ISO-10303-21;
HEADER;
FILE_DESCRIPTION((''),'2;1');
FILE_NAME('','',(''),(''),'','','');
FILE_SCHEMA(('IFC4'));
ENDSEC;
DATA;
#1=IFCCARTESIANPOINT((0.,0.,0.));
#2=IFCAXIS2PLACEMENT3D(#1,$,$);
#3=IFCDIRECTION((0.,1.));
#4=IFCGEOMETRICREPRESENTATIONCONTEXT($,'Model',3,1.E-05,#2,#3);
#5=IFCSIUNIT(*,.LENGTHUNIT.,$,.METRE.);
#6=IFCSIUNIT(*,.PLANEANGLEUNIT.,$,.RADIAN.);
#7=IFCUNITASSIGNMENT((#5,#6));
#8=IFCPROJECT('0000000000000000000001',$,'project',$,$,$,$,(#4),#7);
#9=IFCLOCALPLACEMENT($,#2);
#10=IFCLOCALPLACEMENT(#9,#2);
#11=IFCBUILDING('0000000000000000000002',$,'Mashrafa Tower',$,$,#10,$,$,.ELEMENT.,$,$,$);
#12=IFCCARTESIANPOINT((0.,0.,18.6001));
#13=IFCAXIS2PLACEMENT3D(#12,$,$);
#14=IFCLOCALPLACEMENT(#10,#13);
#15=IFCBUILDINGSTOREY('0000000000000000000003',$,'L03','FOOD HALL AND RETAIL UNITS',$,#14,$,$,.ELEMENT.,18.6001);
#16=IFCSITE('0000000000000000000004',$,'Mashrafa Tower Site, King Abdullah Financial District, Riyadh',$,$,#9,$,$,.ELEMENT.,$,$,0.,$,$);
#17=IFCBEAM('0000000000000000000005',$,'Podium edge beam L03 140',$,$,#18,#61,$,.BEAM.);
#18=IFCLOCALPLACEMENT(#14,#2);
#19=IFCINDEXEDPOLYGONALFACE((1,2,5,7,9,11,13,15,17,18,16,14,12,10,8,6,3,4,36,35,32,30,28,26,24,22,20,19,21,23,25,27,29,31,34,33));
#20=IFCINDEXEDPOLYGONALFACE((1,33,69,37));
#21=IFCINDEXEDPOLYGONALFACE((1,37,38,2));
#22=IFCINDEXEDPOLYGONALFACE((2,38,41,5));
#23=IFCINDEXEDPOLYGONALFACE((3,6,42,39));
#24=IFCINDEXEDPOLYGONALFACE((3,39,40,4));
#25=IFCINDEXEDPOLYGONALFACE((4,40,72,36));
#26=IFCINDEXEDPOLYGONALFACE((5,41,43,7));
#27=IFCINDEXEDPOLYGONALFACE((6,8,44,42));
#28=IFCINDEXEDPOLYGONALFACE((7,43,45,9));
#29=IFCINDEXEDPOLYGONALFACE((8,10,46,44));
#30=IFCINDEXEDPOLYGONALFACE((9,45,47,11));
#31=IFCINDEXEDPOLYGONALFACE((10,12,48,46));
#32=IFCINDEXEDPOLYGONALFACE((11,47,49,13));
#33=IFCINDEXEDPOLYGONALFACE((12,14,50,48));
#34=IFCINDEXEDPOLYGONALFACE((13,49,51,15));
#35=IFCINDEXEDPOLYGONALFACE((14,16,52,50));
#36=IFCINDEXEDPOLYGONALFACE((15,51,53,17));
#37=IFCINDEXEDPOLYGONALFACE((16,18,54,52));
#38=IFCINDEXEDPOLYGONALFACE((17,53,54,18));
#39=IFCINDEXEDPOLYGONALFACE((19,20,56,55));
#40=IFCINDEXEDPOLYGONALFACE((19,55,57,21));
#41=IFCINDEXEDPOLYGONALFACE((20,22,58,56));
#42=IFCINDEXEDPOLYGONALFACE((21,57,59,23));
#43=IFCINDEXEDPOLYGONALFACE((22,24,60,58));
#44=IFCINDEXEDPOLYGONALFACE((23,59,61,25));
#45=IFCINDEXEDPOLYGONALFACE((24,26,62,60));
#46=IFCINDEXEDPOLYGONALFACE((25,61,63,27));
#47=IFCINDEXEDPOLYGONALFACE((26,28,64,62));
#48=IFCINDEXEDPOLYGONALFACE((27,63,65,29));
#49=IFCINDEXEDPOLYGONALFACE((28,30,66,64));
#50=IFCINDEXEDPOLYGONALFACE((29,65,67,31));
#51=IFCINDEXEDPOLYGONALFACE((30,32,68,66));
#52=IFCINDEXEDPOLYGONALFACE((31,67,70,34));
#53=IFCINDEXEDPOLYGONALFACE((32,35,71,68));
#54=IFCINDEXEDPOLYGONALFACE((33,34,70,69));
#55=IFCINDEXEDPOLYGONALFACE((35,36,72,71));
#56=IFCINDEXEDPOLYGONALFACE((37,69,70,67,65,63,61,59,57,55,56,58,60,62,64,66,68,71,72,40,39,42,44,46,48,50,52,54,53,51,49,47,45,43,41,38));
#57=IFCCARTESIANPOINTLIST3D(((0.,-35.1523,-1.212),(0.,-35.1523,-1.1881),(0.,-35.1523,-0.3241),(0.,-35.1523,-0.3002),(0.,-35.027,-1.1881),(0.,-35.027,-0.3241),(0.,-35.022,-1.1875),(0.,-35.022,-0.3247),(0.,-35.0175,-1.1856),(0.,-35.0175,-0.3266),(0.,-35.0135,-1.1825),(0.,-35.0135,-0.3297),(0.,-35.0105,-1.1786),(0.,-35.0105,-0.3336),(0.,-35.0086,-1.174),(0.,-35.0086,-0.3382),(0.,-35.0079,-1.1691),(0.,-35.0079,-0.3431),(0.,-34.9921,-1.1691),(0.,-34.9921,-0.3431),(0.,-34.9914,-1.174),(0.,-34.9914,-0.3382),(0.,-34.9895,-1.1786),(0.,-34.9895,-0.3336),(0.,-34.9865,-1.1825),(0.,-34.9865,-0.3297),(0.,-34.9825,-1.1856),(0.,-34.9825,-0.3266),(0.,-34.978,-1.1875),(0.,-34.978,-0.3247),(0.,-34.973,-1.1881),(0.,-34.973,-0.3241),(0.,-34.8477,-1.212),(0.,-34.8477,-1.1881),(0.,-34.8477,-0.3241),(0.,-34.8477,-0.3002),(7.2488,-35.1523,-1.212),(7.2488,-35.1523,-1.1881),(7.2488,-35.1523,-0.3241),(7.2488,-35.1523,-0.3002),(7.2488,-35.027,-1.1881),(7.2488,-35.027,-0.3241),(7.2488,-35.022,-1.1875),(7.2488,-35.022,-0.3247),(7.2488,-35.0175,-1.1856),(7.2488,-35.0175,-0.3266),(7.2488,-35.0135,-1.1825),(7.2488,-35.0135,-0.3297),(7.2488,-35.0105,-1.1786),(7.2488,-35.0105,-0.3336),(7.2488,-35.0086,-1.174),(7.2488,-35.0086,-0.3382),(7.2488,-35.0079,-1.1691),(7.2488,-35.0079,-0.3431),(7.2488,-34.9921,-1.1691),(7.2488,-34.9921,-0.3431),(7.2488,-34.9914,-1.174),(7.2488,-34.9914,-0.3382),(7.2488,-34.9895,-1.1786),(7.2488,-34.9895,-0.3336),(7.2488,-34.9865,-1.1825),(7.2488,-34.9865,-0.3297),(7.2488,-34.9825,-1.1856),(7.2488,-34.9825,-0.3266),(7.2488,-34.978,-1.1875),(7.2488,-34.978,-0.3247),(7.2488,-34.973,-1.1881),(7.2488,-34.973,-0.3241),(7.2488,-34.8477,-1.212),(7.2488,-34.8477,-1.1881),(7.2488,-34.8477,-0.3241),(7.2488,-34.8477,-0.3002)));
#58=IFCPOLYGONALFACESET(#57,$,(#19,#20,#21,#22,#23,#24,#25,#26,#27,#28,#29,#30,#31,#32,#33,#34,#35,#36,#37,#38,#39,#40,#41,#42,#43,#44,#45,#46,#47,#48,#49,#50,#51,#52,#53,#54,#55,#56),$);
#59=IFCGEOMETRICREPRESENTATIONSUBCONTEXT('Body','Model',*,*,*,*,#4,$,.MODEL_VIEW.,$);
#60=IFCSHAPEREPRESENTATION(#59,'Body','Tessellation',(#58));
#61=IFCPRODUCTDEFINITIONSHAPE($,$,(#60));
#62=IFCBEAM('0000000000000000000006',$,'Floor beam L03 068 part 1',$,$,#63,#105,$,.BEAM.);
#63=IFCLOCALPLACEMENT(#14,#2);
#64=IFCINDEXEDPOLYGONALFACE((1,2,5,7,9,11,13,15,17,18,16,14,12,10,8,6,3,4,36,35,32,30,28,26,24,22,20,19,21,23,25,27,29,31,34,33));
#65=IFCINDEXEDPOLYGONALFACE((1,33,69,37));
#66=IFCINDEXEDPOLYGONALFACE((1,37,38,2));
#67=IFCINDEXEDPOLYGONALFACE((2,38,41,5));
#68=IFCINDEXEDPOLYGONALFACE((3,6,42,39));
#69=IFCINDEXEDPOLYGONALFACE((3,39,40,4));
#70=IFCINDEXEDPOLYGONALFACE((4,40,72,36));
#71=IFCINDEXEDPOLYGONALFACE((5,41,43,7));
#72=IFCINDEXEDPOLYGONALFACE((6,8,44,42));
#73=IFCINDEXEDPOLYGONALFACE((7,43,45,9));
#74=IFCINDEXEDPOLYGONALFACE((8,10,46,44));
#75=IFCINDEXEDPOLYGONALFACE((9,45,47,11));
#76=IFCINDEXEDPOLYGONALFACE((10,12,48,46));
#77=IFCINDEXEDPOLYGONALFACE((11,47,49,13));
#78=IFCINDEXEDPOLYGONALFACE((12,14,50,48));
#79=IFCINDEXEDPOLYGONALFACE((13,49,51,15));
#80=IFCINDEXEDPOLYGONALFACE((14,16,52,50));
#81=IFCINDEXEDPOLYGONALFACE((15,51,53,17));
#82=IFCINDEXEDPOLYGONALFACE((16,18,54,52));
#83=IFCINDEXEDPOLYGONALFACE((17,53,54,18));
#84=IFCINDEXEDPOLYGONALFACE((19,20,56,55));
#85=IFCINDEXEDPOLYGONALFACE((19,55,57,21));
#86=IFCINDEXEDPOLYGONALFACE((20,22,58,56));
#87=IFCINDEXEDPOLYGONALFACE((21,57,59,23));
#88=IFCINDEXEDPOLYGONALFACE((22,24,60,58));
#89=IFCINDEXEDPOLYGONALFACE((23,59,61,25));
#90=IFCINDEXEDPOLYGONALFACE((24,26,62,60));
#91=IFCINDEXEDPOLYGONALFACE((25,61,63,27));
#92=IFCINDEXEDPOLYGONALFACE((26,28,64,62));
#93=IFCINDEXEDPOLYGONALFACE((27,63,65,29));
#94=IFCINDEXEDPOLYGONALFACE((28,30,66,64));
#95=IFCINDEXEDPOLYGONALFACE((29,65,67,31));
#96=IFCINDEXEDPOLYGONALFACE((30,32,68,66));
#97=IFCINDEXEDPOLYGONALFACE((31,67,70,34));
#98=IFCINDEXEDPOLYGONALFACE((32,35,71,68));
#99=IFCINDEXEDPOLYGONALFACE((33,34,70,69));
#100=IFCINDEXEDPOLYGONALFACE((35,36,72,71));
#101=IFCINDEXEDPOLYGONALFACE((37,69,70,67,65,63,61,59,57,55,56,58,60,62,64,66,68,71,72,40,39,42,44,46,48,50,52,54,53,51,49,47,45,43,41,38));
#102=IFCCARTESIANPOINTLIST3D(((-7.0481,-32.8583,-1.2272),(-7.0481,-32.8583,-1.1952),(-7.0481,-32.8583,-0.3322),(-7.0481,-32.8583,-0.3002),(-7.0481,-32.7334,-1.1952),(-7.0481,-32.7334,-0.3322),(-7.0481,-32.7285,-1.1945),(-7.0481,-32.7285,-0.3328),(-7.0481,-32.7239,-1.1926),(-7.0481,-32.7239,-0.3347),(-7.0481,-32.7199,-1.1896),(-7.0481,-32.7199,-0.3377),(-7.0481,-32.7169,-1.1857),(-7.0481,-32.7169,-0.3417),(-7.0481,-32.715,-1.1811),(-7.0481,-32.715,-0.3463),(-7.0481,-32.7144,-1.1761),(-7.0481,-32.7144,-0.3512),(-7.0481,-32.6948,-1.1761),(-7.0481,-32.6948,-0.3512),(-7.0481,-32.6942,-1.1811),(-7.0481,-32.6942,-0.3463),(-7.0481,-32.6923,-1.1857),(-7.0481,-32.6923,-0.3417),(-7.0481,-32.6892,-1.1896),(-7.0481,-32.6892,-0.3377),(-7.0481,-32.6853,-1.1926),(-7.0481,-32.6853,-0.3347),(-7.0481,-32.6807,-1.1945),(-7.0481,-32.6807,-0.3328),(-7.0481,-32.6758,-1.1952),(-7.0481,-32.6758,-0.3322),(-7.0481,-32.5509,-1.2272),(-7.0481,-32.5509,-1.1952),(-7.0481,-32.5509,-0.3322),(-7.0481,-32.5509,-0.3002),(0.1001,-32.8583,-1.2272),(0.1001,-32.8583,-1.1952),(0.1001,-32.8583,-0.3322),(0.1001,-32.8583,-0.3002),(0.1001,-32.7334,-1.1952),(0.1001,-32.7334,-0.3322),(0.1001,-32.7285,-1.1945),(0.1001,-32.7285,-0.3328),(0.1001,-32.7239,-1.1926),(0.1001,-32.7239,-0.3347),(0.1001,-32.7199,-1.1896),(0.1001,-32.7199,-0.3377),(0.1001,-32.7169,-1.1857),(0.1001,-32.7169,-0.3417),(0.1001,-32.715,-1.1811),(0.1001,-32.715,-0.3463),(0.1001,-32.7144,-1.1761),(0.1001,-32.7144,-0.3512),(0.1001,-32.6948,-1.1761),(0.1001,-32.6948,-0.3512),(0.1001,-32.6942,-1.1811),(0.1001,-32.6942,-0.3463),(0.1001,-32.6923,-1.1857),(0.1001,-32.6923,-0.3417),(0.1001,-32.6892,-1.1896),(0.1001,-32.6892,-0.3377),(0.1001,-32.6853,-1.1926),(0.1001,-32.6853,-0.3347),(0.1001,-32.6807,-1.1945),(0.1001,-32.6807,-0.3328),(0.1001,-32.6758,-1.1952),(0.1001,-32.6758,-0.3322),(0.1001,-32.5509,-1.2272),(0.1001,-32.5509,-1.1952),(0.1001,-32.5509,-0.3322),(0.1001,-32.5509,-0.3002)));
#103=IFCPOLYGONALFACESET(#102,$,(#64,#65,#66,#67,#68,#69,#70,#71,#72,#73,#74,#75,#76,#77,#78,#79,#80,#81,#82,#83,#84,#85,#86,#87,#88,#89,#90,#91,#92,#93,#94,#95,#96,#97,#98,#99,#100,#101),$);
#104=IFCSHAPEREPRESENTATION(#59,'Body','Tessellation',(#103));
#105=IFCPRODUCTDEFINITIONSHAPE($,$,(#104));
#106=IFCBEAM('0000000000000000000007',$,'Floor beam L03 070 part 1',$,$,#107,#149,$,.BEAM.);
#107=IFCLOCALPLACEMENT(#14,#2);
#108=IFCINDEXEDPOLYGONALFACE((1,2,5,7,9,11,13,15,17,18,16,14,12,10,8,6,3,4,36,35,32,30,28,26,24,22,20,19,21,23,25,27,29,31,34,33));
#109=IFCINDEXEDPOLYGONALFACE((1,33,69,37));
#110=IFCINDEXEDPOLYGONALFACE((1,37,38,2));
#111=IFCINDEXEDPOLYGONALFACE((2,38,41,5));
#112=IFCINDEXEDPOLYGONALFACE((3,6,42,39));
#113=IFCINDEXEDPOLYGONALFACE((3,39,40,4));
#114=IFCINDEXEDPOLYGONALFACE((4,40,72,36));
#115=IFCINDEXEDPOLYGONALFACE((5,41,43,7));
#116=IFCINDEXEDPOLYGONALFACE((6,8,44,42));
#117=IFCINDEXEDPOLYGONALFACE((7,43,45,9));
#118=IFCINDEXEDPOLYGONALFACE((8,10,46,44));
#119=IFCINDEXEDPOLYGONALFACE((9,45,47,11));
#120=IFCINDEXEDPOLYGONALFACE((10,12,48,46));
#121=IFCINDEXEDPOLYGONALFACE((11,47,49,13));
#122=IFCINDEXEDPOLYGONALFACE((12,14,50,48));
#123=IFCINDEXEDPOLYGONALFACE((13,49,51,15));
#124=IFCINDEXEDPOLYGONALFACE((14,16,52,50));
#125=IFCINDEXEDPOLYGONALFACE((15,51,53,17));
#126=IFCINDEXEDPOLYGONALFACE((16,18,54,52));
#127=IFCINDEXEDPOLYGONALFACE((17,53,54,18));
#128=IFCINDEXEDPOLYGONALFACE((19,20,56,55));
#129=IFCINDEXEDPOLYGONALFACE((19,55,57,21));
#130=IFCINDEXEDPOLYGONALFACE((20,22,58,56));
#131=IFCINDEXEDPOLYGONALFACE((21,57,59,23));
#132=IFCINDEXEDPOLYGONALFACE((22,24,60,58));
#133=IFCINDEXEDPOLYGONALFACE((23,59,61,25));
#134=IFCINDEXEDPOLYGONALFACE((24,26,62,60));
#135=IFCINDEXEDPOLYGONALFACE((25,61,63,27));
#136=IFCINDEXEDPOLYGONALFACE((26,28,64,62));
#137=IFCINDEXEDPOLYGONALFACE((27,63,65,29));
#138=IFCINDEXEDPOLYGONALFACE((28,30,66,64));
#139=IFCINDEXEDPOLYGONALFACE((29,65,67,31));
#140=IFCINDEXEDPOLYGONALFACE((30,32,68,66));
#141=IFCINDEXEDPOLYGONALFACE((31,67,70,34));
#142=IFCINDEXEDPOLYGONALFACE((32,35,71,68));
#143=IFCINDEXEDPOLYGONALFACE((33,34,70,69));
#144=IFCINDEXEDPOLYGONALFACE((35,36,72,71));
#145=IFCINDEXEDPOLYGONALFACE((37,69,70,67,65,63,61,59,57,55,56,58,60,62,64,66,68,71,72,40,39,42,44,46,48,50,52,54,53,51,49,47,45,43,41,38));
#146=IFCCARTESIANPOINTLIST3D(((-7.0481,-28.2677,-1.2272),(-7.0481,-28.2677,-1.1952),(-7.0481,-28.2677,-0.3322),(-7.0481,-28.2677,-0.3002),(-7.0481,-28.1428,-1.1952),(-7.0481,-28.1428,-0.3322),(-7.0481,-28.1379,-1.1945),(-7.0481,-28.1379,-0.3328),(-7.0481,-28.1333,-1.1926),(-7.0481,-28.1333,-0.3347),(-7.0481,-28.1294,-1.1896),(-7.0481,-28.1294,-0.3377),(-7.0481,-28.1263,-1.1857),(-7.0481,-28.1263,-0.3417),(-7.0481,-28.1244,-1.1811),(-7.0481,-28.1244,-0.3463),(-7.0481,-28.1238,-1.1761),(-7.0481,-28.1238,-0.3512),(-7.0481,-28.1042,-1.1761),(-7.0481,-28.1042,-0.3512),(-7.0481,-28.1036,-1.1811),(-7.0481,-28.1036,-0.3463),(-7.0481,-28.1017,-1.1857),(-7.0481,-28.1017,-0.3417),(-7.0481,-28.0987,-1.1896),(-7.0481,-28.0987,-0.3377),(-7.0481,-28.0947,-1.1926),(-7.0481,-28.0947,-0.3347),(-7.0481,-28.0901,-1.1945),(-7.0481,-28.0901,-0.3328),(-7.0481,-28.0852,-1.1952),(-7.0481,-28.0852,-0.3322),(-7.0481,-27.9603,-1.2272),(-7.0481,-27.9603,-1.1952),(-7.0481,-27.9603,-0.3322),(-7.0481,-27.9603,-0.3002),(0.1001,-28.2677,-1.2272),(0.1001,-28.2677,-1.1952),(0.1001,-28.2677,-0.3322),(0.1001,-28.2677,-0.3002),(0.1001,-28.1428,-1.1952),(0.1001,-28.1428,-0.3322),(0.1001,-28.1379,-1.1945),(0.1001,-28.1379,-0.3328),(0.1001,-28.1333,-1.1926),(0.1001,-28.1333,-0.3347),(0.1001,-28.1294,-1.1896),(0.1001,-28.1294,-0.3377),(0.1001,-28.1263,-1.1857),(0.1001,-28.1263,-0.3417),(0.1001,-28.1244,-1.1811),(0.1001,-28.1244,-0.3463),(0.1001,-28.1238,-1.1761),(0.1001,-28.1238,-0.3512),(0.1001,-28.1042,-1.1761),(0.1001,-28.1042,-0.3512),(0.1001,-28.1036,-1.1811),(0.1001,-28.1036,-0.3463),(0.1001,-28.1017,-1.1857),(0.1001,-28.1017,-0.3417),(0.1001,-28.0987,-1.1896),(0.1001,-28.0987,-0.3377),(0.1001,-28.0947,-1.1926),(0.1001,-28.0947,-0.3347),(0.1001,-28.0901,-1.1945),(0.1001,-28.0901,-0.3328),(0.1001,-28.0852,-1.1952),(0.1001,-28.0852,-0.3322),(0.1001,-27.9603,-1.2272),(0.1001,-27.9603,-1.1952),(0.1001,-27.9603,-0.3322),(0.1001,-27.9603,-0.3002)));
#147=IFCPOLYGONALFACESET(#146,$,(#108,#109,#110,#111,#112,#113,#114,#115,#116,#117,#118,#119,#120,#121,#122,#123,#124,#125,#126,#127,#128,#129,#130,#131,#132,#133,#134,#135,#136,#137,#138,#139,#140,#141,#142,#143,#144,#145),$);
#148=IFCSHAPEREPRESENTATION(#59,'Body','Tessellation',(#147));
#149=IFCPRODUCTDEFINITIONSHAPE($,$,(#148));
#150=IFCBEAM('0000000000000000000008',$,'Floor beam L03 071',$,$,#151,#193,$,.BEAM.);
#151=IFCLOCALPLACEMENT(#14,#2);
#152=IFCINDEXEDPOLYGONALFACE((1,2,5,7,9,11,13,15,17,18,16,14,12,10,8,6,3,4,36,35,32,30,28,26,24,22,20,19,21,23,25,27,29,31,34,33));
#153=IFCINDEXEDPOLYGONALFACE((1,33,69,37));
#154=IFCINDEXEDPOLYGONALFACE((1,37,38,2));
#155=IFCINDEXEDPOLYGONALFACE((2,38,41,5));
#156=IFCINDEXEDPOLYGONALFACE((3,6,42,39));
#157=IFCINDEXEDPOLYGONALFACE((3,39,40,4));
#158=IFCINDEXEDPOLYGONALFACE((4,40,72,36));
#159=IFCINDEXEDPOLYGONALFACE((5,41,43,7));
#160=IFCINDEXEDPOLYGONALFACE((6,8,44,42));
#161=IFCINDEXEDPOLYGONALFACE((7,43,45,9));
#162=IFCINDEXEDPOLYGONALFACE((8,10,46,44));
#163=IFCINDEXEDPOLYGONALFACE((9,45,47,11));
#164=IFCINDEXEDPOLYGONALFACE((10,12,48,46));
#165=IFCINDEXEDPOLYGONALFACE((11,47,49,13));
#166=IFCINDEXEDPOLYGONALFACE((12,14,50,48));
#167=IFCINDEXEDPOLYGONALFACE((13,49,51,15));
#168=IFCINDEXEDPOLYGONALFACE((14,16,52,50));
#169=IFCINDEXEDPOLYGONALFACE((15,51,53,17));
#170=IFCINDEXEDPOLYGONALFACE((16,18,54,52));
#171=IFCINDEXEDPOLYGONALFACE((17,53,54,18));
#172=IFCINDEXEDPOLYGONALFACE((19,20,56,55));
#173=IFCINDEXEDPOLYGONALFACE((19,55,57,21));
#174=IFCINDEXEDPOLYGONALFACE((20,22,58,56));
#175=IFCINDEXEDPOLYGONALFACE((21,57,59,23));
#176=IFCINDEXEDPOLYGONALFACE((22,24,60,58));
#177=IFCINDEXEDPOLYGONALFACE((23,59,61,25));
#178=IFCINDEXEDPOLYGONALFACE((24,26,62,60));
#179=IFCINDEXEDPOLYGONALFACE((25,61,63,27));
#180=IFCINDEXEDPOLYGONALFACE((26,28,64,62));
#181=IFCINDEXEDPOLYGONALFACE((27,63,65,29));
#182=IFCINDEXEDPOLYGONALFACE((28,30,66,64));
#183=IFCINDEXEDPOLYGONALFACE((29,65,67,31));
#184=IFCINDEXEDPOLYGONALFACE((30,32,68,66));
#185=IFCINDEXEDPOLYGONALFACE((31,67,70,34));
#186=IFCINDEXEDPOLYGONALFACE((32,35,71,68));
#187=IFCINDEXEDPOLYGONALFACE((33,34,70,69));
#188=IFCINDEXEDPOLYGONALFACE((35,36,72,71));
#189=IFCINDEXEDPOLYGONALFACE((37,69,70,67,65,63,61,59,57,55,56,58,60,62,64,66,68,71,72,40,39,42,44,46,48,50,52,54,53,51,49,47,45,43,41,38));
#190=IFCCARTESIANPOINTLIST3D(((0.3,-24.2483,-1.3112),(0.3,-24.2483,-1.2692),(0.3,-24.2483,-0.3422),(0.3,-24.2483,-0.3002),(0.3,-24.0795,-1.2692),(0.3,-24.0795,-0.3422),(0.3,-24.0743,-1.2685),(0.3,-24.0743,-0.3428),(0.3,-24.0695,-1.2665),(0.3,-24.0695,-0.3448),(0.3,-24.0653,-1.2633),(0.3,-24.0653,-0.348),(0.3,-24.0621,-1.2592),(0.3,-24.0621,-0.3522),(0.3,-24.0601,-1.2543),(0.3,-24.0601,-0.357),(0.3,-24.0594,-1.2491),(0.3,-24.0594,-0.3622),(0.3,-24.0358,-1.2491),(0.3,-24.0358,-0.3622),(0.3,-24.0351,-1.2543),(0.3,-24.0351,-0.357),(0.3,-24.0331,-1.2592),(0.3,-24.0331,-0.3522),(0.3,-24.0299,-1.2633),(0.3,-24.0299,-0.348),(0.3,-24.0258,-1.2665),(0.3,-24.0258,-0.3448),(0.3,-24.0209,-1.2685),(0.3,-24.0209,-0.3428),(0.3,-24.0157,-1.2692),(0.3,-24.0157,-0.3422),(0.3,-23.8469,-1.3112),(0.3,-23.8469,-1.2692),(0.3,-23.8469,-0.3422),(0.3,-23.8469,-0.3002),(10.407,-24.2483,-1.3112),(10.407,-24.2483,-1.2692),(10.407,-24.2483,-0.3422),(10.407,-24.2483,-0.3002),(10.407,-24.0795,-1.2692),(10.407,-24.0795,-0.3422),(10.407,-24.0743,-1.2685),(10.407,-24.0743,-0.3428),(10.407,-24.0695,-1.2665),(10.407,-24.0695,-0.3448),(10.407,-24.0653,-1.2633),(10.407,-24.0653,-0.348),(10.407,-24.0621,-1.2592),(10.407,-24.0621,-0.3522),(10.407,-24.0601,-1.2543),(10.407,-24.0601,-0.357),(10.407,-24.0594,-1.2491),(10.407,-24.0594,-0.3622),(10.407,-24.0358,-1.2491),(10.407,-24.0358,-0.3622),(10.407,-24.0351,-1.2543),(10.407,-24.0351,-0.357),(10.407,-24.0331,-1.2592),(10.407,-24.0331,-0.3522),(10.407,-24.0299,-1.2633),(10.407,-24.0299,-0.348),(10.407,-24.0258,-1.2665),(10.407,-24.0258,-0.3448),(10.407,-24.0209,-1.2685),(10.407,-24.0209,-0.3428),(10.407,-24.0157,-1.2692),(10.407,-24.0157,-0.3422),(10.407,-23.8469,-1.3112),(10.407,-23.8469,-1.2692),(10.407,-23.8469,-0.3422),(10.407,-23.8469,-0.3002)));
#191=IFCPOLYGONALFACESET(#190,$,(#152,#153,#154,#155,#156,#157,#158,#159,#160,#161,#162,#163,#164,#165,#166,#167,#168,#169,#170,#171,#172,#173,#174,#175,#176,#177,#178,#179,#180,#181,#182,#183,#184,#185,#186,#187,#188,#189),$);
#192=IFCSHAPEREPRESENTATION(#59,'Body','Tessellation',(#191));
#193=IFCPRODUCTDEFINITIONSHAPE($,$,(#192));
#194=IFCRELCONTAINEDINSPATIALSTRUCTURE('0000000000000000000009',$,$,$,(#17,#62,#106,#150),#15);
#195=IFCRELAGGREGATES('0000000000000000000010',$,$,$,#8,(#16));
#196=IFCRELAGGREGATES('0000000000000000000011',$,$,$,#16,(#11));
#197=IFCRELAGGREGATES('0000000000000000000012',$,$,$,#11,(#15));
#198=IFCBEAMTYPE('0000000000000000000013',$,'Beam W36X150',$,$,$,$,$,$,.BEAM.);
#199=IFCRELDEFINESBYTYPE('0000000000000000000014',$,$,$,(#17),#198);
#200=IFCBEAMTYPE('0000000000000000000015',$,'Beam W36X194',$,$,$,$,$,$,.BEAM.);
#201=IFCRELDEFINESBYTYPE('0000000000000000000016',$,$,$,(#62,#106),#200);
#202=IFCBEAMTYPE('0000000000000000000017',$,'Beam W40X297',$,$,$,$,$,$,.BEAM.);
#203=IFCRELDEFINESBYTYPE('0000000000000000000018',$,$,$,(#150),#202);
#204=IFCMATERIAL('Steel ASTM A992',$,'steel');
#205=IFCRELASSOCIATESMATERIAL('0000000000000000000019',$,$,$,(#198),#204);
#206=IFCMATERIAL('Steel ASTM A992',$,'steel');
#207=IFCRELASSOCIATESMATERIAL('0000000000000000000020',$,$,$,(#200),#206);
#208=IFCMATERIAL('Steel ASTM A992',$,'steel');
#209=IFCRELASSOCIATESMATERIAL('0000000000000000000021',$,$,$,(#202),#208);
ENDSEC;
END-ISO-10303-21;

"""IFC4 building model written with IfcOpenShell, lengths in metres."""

from ifc_helpers import new_model, si_unit, direction, frame, origin, origin_2d, place, context, subcontext, project, spatial, i_section, extrude, material, material_profile, profile_set, type_object, element, save


model = new_model("IFC4")

# Units and contexts
model_context = context("Model", 3, precision=1e-05, world=origin(), true_north=direction((0.0, 1.0)))
body_context = subcontext(model_context, "Body", "Model", "MODEL_VIEW")
ifc_project = project(units=[si_unit("LENGTHUNIT", "METRE"), si_unit("PLANEANGLEUNIT", "RADIAN")], contexts=[model_context])

# Site, building, storey
site_placement = place(None, origin())
site = spatial("IfcSite", under=ifc_project, at=site_placement, Name="Mashrafa Tower Site, King Abdullah Financial District, Riyadh", CompositionType="ELEMENT", RefElevation=0.0)
building_placement = place(site_placement, origin())
building = spatial("IfcBuilding", under=site, at=building_placement, Name="Mashrafa Tower", CompositionType="ELEMENT")
storey_placement = place(building_placement, frame((0.0, 0.0, 18.6001)))
storey = spatial("IfcBuildingStorey", under=building, at=storey_placement, Name="L03", Description="FOOD HALL AND RETAIL UNITS", CompositionType="ELEMENT", Elevation=18.6001)

# Beams
ifc_material_1 = material(Name="Steel ASTM A992", Category="steel")
ifc_material_profile_1 = material_profile(ifc_material_1, i_section(OverallWidth=0.3047, OverallDepth=0.9119, WebThickness=0.0159, FlangeThickness=0.0239, FilletRadius=0.019, at=origin_2d()), Name="W36X150")
ifc_profile_set_1 = profile_set([ifc_material_profile_1], Name="Steel ASTM A992")
beam_type_1 = type_object("IfcBeamType", Name="Beam W36X150", PredefinedType="BEAM", material=ifc_profile_set_1)
beam_1_placement = place(storey_placement, frame((0.0, -35.0, -0.7561), z_axis=(1.0, 0.0, 0.0), x_axis=(0.0, 1.0, 0.0)))
element("IfcBeam", 1, at=beam_1_placement, inside=storey, type_object=beam_type_1, Name="Podium edge beam L03 140", PredefinedType="BEAM", context=body_context, shape_type="SweptSolid", body=[
    extrude(i_section(OverallWidth=0.3047, OverallDepth=0.9119, WebThickness=0.0159, FlangeThickness=0.0239, FilletRadius=0.019, at=origin_2d()), origin(), (0.0, 0.0, 1.0), 7.2488),
])
ifc_material_2 = material(Name="Steel ASTM A992", Category="steel")
ifc_material_profile_2 = material_profile(ifc_material_2, i_section(OverallWidth=0.3074, OverallDepth=0.927, WebThickness=0.0195, FlangeThickness=0.032, FilletRadius=0.019, at=origin_2d()), Name="W36X194")
ifc_profile_set_2 = profile_set([ifc_material_profile_2], Name="Steel ASTM A992")
beam_type_2 = type_object("IfcBeamType", Name="Beam W36X194", PredefinedType="BEAM", material=ifc_profile_set_2)
for number, where, z_axis, x_axis, name in (
    (2, (0.1001, -32.7046, -0.7637), (-1.0, 0.0, 0.0), (0.0, -1.0, 0.0), "Floor beam L03 068 part 1"),
    (3, (0.1001, -28.114, -0.7637), (-1.0, 0.0, 0.0), (0.0, -1.0, 0.0), "Floor beam L03 070 part 1"),
):
    element("IfcBeam", number, at=place(storey_placement, frame(where, z_axis=z_axis, x_axis=x_axis)), inside=storey, type_object=beam_type_2, Name=name, PredefinedType="BEAM", context=body_context, shape_type="SweptSolid", body=[
        extrude(i_section(OverallWidth=0.3074, OverallDepth=0.927, WebThickness=0.0195, FlangeThickness=0.032, FilletRadius=0.019, at=origin_2d()), origin(), (0.0, 0.0, 1.0), 7.1482),
    ])
ifc_material_3 = material(Name="Steel ASTM A992", Category="steel")
ifc_material_profile_3 = material_profile(ifc_material_3, i_section(OverallWidth=0.4014, OverallDepth=1.011, WebThickness=0.0237, FlangeThickness=0.042, FilletRadius=0.02, at=origin_2d()), Name="W40X297")
ifc_profile_set_3 = profile_set([ifc_material_profile_3], Name="Steel ASTM A992")
beam_type_3 = type_object("IfcBeamType", Name="Beam W40X297", PredefinedType="BEAM", material=ifc_profile_set_3)
beam_2_placement = place(storey_placement, frame((10.407, -24.0476, -0.8057), z_axis=(-1.0, 0.0, 0.0), x_axis=(0.0, -1.0, 0.0)))
element("IfcBeam", 4, at=beam_2_placement, inside=storey, type_object=beam_type_3, Name="Floor beam L03 071", PredefinedType="BEAM", context=body_context, shape_type="SweptSolid", body=[
    extrude(i_section(OverallWidth=0.4014, OverallDepth=1.011, WebThickness=0.0237, FlangeThickness=0.042, FilletRadius=0.02, at=origin_2d()), origin(), (0.0, 0.0, 1.0), 10.1069),
])

save(model, "model.ifc")
